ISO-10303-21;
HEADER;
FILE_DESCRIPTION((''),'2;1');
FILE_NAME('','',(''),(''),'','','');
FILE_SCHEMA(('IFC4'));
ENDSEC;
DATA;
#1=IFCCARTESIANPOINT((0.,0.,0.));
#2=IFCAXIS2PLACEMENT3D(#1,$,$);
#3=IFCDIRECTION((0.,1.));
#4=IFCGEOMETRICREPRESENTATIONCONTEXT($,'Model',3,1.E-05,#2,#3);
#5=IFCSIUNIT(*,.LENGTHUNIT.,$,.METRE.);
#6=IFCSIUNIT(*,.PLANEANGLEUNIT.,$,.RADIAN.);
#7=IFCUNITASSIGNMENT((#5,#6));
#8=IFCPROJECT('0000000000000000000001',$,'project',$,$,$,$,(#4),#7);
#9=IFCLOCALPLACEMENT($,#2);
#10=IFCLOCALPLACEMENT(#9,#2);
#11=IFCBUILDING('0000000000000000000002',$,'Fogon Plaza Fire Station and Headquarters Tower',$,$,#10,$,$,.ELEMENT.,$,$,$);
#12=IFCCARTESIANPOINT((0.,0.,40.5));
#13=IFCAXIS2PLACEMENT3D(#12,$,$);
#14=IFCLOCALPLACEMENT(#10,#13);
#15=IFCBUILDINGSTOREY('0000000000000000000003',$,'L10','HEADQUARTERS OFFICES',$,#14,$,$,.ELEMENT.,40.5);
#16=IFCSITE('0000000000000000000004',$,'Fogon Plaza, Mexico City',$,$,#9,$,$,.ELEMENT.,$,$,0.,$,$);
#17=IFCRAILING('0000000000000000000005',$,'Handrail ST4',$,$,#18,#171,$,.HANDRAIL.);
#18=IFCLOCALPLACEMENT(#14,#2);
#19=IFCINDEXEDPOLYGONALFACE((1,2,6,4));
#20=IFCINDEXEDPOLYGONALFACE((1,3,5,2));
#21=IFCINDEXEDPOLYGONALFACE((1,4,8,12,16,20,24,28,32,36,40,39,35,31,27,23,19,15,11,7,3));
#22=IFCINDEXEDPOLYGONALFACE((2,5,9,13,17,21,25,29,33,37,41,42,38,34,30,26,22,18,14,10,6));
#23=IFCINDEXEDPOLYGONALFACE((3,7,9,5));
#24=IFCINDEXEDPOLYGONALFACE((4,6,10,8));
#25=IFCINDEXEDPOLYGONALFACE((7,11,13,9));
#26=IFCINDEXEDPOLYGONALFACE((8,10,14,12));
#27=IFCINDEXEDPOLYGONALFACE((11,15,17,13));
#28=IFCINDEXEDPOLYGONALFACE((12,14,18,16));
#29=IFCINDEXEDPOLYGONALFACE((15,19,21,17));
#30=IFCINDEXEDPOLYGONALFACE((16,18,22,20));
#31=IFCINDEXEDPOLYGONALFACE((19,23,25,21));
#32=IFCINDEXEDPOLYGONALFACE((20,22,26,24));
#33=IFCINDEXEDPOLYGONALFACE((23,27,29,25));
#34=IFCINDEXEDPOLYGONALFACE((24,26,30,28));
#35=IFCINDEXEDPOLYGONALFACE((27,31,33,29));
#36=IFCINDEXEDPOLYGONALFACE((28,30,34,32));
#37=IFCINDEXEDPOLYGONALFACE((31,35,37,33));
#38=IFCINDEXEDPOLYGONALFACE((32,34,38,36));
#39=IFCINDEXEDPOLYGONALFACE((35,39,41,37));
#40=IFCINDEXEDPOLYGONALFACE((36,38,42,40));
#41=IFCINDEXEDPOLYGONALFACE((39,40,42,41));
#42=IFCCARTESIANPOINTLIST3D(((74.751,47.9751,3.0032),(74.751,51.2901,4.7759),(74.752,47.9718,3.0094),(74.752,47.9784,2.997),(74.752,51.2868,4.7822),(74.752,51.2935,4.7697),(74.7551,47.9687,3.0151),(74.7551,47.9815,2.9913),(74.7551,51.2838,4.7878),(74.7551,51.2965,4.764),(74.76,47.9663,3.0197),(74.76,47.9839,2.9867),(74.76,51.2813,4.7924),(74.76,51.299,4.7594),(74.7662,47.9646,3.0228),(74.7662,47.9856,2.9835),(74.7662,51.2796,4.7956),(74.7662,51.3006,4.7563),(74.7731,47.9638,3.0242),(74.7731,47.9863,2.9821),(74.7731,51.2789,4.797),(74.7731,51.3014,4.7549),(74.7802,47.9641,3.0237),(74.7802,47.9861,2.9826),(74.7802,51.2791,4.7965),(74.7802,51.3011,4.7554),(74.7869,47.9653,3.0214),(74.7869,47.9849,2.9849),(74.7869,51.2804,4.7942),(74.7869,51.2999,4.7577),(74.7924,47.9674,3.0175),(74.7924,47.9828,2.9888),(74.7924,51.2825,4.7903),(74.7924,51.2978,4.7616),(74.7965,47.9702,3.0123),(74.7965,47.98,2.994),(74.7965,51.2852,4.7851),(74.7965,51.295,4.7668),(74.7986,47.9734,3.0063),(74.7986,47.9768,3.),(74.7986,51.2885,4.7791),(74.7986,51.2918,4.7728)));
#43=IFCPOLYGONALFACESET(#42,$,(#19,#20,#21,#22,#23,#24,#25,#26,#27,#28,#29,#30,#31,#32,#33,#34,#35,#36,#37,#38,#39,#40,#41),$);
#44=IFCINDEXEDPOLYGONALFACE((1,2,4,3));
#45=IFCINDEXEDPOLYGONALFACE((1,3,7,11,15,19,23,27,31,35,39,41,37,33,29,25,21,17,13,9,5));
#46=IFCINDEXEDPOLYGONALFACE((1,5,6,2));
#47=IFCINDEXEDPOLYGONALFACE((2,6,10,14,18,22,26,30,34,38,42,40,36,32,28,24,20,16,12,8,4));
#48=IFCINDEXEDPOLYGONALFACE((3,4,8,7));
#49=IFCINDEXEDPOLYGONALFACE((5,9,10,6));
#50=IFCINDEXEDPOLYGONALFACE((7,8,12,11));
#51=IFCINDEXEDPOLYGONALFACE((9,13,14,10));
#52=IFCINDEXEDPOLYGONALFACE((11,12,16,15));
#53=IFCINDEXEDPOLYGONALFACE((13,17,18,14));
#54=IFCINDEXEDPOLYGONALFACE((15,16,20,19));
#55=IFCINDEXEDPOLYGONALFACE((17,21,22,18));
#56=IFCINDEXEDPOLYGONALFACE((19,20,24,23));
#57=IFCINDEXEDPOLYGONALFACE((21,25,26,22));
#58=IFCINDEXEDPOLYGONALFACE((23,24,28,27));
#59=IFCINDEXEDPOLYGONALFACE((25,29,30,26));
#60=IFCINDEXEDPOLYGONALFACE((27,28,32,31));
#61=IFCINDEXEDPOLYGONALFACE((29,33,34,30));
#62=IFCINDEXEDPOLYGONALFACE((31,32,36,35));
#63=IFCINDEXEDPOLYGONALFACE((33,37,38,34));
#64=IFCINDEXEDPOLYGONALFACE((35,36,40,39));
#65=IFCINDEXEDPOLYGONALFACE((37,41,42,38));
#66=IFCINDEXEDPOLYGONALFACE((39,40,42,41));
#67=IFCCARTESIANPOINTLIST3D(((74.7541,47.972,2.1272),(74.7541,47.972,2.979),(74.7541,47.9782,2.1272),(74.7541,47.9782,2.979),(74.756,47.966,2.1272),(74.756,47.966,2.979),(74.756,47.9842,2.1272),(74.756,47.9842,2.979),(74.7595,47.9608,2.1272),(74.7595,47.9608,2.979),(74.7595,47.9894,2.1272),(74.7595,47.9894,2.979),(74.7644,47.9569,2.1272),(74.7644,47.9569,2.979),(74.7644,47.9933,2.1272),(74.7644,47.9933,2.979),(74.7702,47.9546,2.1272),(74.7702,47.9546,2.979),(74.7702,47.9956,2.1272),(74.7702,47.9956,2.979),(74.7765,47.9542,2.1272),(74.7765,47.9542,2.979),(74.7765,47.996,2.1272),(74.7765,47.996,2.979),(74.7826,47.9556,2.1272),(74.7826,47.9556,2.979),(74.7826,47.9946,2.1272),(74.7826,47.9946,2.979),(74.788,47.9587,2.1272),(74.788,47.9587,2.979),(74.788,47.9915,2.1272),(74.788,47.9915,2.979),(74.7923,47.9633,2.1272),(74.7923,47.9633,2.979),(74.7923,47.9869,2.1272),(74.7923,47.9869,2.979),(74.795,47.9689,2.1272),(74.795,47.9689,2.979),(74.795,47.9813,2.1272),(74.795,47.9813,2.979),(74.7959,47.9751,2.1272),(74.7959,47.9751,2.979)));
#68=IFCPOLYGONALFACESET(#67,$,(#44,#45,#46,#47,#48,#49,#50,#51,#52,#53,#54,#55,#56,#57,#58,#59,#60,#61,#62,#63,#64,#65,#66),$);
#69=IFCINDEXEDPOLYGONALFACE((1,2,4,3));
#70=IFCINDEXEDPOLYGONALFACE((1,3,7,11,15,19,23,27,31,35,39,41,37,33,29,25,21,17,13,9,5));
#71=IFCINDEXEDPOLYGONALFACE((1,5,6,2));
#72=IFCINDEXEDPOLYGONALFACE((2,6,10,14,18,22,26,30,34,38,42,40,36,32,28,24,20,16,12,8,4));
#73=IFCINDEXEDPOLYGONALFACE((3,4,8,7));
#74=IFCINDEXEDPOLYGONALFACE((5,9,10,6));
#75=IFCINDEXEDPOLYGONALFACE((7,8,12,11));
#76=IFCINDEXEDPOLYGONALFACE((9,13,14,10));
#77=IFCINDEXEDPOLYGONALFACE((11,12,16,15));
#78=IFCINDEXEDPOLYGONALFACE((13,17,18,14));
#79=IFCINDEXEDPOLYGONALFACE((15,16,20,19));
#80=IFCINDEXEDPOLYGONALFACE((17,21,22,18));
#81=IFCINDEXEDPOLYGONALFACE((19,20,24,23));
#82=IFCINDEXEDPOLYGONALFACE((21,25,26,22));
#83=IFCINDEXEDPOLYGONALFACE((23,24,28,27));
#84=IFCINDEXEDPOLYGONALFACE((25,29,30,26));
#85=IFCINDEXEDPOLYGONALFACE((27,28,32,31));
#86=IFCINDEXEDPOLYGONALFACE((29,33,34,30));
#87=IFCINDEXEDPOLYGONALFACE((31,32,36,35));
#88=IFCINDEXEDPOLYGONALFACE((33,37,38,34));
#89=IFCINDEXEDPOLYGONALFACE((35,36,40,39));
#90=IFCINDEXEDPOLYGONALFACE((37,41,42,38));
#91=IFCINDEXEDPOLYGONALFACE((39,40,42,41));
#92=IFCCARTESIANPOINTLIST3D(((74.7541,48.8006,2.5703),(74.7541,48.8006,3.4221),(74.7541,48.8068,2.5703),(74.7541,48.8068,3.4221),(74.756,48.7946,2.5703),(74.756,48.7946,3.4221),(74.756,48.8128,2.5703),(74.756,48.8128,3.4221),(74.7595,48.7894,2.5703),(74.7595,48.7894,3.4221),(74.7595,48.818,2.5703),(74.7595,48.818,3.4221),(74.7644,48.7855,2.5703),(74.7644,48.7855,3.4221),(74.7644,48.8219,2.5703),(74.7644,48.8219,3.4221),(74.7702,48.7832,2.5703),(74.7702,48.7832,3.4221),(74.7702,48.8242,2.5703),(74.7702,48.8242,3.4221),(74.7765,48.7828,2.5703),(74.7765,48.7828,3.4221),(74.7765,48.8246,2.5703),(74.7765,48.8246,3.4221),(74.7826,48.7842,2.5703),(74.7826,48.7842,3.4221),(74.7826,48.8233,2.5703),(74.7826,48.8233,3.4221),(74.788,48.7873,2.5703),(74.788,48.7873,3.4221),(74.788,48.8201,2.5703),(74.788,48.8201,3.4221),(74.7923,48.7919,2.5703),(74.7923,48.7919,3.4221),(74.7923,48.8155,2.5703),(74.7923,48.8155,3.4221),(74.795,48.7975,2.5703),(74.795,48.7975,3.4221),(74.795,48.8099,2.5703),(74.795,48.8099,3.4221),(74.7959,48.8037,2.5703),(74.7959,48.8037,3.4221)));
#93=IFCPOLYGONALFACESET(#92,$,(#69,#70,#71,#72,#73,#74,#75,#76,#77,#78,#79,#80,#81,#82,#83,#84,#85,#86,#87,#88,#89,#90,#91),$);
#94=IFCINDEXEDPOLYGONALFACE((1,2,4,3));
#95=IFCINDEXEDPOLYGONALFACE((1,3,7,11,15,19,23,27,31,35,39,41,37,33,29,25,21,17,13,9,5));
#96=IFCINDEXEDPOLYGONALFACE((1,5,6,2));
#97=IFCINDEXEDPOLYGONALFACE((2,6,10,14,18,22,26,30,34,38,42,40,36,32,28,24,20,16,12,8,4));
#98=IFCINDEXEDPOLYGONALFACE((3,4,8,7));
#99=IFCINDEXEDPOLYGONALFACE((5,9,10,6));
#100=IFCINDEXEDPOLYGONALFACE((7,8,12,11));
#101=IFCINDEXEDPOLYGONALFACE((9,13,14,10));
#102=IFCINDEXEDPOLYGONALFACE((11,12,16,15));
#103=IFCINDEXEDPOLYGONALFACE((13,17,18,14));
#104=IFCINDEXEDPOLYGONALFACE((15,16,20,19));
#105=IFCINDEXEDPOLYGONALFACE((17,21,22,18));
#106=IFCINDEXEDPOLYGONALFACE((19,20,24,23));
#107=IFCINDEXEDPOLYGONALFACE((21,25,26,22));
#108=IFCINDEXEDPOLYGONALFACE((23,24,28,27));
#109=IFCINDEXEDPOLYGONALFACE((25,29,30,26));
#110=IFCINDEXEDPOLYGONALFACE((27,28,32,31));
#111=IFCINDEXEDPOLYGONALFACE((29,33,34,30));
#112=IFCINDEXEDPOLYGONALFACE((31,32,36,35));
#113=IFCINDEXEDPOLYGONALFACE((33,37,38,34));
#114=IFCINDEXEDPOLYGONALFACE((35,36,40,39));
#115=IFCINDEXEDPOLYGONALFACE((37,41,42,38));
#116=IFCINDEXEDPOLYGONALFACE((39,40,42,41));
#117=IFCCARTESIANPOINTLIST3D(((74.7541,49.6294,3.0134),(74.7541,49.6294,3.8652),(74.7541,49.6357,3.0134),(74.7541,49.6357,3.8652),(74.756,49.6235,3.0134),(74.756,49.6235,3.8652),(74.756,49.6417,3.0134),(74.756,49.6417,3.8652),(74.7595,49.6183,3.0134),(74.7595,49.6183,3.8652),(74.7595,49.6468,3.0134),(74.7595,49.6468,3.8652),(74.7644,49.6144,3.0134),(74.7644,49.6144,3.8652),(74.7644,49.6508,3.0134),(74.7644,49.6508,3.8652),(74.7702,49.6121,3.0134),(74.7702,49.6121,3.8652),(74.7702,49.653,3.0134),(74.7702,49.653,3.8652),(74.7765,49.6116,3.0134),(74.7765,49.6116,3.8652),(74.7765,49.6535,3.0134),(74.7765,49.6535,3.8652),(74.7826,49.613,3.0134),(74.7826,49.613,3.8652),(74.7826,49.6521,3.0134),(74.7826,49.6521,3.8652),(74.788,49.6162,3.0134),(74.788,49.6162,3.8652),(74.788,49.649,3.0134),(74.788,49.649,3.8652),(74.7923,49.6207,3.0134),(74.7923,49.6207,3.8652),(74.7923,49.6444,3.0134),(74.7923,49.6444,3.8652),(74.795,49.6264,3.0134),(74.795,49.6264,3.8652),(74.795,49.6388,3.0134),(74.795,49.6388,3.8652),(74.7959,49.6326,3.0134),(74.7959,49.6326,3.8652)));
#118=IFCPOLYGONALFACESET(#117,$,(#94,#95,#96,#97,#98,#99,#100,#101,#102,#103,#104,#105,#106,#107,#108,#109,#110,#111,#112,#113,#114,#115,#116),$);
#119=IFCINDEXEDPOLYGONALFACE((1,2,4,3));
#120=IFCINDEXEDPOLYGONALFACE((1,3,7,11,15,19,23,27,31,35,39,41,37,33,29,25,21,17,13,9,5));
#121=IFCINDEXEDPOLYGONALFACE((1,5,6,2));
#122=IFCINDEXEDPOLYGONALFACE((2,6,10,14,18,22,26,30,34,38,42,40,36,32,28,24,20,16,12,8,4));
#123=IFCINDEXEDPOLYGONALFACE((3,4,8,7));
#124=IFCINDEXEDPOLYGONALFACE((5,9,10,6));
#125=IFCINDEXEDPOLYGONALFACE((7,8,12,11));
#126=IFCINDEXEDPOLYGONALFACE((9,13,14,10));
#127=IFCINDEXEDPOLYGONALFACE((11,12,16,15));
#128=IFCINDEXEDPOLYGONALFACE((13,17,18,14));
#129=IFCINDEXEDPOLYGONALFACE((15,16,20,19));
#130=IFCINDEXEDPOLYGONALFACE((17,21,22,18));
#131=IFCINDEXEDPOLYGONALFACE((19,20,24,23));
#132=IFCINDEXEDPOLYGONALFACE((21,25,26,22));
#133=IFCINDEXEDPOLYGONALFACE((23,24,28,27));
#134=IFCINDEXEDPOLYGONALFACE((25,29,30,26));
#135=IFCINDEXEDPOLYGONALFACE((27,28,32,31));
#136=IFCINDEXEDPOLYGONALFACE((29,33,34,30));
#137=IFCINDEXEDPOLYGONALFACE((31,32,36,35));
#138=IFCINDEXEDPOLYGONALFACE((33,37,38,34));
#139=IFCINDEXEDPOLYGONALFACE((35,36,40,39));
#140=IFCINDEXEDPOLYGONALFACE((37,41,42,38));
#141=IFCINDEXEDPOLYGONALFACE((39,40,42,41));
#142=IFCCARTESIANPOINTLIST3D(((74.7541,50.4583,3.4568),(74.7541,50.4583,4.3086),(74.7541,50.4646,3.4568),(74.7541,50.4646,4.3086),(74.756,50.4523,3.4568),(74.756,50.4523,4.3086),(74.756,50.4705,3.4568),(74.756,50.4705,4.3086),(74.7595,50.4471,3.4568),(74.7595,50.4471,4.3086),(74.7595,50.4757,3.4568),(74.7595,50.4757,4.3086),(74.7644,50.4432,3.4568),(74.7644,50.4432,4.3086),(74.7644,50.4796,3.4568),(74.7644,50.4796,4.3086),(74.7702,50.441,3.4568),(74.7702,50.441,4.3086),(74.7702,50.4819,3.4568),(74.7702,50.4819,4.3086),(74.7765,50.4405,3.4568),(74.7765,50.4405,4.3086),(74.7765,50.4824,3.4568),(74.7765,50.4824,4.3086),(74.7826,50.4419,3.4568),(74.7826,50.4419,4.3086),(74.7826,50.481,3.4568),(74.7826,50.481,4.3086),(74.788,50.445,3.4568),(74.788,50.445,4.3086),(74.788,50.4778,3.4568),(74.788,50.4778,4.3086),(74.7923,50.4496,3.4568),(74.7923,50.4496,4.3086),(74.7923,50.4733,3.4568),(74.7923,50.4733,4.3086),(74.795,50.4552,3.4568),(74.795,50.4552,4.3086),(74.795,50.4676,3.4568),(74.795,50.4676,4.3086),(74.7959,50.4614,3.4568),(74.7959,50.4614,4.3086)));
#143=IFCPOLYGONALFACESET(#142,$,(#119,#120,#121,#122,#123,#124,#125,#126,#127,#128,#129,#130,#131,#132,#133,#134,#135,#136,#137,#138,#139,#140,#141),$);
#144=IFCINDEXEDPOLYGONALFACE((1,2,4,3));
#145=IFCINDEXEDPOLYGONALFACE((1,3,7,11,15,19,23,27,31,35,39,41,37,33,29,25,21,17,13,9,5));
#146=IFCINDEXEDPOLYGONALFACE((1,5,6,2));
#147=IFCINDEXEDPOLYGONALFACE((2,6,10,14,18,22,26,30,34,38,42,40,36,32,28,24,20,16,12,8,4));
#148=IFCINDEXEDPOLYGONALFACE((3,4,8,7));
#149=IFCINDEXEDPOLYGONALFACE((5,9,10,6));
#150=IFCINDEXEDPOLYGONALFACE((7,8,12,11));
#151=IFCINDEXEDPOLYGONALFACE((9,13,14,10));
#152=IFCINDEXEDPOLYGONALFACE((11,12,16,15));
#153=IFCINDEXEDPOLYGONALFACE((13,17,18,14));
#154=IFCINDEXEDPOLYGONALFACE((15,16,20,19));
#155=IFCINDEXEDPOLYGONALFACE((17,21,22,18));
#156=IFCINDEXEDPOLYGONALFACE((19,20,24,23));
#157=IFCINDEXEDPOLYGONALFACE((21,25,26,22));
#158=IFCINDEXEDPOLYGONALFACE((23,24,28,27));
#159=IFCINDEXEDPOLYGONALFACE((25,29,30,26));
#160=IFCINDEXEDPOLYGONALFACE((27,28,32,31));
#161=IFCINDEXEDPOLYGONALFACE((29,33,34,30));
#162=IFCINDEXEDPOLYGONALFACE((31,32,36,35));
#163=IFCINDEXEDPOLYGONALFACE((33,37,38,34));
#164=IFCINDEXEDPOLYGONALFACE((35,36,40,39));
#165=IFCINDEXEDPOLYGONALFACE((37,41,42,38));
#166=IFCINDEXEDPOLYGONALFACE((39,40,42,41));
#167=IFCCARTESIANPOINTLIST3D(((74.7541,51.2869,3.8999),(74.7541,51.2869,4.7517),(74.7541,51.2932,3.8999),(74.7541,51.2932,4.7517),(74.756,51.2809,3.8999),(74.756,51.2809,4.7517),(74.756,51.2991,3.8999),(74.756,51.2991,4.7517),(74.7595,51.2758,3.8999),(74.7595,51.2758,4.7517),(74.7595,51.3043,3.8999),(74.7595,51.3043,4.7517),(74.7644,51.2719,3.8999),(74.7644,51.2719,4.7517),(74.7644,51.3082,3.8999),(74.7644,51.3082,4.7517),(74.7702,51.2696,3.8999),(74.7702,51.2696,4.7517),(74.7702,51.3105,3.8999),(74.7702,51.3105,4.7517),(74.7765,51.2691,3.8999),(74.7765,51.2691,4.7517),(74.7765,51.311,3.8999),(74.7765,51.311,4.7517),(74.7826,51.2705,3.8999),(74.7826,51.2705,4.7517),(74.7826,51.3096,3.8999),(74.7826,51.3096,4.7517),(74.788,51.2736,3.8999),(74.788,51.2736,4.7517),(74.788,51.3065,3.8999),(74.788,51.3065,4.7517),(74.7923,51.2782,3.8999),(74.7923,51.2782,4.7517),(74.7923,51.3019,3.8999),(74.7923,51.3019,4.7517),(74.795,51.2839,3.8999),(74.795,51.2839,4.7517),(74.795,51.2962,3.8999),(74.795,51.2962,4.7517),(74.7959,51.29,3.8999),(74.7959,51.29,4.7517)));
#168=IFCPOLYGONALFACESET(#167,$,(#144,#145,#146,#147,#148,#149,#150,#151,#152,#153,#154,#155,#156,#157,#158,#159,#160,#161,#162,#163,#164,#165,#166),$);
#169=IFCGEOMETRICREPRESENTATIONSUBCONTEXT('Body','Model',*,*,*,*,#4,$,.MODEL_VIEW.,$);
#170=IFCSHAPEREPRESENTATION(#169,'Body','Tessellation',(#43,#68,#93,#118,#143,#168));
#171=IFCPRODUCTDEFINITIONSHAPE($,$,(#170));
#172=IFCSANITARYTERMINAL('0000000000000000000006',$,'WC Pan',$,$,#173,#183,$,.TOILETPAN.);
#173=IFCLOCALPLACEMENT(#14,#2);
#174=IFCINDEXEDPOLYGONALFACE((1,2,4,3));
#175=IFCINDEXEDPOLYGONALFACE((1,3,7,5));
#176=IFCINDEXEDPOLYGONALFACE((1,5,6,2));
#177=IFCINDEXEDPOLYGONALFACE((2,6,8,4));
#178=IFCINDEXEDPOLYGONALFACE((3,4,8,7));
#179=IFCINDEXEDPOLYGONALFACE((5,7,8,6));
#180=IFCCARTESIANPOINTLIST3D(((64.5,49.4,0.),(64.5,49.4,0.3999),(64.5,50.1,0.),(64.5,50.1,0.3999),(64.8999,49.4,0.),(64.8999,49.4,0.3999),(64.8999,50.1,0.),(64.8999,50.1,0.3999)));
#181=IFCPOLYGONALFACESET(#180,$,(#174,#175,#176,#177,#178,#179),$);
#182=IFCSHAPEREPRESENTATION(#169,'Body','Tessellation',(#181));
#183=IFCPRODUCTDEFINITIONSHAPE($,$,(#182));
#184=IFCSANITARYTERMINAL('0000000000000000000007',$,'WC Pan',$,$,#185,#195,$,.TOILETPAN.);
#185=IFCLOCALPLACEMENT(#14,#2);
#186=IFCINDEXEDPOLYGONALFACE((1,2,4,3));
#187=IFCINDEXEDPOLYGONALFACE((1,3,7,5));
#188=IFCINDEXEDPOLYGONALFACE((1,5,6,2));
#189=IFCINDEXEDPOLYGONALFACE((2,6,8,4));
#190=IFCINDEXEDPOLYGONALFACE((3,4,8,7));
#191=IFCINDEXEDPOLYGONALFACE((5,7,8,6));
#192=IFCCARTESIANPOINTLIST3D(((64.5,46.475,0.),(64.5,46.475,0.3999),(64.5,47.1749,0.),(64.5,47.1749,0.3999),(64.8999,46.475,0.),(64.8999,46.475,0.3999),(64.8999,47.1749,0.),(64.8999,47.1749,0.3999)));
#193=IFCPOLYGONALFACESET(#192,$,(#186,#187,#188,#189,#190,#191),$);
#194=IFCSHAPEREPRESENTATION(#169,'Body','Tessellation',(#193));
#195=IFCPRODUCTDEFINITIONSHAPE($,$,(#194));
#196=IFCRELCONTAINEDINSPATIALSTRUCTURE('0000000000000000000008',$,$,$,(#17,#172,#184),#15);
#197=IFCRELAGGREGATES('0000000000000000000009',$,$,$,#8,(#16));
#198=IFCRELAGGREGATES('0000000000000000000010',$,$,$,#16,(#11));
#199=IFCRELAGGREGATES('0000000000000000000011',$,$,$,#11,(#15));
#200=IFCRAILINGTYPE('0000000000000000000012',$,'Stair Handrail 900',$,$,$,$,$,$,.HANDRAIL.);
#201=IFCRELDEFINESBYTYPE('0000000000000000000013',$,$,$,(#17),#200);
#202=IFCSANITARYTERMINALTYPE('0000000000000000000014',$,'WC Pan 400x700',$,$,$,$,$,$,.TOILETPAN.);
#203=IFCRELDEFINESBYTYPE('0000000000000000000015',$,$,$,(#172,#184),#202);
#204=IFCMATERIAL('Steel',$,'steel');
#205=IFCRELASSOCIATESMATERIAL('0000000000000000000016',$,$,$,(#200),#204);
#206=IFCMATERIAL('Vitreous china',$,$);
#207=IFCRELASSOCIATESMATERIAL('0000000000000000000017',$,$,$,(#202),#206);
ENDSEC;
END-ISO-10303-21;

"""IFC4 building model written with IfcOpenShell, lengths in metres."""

from ifc_helpers import new_model, si_unit, direction, frame, origin, origin_2d, place, context, subcontext, project, spatial, rectangle, circle, extrude, material, type_object, element, save


model = new_model("IFC4")

# Units and contexts
model_context = context("Model", 3, precision=1e-05, world=origin(), true_north=direction((0.0, 1.0)))
body_context = subcontext(model_context, "Body", "Model", "MODEL_VIEW")
ifc_project = project(units=[si_unit("LENGTHUNIT", "METRE"), si_unit("PLANEANGLEUNIT", "RADIAN")], contexts=[model_context])

# Site, building, storey
site_placement = place(None, origin())
site = spatial("IfcSite", under=ifc_project, at=site_placement, Name="Fogon Plaza, Mexico City", CompositionType="ELEMENT", RefElevation=0.0)
building_placement = place(site_placement, origin())
building = spatial("IfcBuilding", under=site, at=building_placement, Name="Fogon Plaza Fire Station and Headquarters Tower", CompositionType="ELEMENT")
storey_placement = place(building_placement, frame((0.0, 0.0, 40.5)))
storey = spatial("IfcBuildingStorey", under=building, at=storey_placement, Name="L10", Description="HEADQUARTERS OFFICES", CompositionType="ELEMENT", Elevation=40.5)

# Railing
ifc_material_1 = material(Name="Steel", Category="steel")
railing_type = type_object("IfcRailingType", Name="Stair Handrail 900", PredefinedType="HANDRAIL", material=ifc_material_1)
for number, where, name in (
    (1, (74.7749, 47.9751, 2.1272), "Handrail ST4"),
):
    element("IfcRailing", number, at=place(storey_placement, frame(where)), inside=storey, type_object=railing_type, Name=name, PredefinedType="HANDRAIL", context=body_context, shape_type="SweptSolid", body=[
        extrude(circle(Radius=0.0239, at=origin_2d()), frame((0.0, 0.0, 0.876), z_axis=(0.0, 0.881829, 0.471569), x_axis=(-1.0, 0.0, 0.0)), (0.0, 0.0, 1.0), 3.7593),
        extrude(circle(Radius=0.021, at=origin_2d()), origin(), (0.0, 0.0, 1.0), 0.8518),
        extrude(circle(Radius=0.021, at=origin_2d()), frame((0.0, 0.8286, 0.4431)), (0.0, 0.0, 1.0), 0.8518),
        extrude(circle(Radius=0.021, at=origin_2d()), frame((0.0, 1.6575, 0.8862)), (0.0, 0.0, 1.0), 0.8518),
        extrude(circle(Radius=0.021, at=origin_2d()), frame((0.0, 2.4863, 1.3296)), (0.0, 0.0, 1.0), 0.8518),
        extrude(circle(Radius=0.021, at=origin_2d()), frame((0.0, 3.3149, 1.7727)), (0.0, 0.0, 1.0), 0.8518),
    ])

# Sanitary terminals
ifc_material_2 = material(Name="Vitreous china")
sanitary_terminal_type = type_object("IfcSanitaryTerminalType", Name="WC Pan 400x700", PredefinedType="TOILETPAN", material=ifc_material_2)
for number, where, z_axis, x_axis, name in (
    (2, (64.7, 49.75, 0.0), (0.0, 0.0, 1.0), (1.0, 0.0, 0.0), "WC Pan"),
    (3, (64.7, 46.825, 0.0), (0.0, 0.0, 1.0), (1.0, 0.0, 0.0), "WC Pan"),
):
    element("IfcSanitaryTerminal", number, at=place(storey_placement, frame(where, z_axis=z_axis, x_axis=x_axis)), inside=storey, type_object=sanitary_terminal_type, Name=name, PredefinedType="TOILETPAN", context=body_context, shape_type="SweptSolid", body=[
        extrude(rectangle(XDim=0.3999, YDim=0.7, at=origin_2d()), origin(), (0.0, 0.0, 1.0), 0.3999),
    ])

save(model, "model.ifc")
